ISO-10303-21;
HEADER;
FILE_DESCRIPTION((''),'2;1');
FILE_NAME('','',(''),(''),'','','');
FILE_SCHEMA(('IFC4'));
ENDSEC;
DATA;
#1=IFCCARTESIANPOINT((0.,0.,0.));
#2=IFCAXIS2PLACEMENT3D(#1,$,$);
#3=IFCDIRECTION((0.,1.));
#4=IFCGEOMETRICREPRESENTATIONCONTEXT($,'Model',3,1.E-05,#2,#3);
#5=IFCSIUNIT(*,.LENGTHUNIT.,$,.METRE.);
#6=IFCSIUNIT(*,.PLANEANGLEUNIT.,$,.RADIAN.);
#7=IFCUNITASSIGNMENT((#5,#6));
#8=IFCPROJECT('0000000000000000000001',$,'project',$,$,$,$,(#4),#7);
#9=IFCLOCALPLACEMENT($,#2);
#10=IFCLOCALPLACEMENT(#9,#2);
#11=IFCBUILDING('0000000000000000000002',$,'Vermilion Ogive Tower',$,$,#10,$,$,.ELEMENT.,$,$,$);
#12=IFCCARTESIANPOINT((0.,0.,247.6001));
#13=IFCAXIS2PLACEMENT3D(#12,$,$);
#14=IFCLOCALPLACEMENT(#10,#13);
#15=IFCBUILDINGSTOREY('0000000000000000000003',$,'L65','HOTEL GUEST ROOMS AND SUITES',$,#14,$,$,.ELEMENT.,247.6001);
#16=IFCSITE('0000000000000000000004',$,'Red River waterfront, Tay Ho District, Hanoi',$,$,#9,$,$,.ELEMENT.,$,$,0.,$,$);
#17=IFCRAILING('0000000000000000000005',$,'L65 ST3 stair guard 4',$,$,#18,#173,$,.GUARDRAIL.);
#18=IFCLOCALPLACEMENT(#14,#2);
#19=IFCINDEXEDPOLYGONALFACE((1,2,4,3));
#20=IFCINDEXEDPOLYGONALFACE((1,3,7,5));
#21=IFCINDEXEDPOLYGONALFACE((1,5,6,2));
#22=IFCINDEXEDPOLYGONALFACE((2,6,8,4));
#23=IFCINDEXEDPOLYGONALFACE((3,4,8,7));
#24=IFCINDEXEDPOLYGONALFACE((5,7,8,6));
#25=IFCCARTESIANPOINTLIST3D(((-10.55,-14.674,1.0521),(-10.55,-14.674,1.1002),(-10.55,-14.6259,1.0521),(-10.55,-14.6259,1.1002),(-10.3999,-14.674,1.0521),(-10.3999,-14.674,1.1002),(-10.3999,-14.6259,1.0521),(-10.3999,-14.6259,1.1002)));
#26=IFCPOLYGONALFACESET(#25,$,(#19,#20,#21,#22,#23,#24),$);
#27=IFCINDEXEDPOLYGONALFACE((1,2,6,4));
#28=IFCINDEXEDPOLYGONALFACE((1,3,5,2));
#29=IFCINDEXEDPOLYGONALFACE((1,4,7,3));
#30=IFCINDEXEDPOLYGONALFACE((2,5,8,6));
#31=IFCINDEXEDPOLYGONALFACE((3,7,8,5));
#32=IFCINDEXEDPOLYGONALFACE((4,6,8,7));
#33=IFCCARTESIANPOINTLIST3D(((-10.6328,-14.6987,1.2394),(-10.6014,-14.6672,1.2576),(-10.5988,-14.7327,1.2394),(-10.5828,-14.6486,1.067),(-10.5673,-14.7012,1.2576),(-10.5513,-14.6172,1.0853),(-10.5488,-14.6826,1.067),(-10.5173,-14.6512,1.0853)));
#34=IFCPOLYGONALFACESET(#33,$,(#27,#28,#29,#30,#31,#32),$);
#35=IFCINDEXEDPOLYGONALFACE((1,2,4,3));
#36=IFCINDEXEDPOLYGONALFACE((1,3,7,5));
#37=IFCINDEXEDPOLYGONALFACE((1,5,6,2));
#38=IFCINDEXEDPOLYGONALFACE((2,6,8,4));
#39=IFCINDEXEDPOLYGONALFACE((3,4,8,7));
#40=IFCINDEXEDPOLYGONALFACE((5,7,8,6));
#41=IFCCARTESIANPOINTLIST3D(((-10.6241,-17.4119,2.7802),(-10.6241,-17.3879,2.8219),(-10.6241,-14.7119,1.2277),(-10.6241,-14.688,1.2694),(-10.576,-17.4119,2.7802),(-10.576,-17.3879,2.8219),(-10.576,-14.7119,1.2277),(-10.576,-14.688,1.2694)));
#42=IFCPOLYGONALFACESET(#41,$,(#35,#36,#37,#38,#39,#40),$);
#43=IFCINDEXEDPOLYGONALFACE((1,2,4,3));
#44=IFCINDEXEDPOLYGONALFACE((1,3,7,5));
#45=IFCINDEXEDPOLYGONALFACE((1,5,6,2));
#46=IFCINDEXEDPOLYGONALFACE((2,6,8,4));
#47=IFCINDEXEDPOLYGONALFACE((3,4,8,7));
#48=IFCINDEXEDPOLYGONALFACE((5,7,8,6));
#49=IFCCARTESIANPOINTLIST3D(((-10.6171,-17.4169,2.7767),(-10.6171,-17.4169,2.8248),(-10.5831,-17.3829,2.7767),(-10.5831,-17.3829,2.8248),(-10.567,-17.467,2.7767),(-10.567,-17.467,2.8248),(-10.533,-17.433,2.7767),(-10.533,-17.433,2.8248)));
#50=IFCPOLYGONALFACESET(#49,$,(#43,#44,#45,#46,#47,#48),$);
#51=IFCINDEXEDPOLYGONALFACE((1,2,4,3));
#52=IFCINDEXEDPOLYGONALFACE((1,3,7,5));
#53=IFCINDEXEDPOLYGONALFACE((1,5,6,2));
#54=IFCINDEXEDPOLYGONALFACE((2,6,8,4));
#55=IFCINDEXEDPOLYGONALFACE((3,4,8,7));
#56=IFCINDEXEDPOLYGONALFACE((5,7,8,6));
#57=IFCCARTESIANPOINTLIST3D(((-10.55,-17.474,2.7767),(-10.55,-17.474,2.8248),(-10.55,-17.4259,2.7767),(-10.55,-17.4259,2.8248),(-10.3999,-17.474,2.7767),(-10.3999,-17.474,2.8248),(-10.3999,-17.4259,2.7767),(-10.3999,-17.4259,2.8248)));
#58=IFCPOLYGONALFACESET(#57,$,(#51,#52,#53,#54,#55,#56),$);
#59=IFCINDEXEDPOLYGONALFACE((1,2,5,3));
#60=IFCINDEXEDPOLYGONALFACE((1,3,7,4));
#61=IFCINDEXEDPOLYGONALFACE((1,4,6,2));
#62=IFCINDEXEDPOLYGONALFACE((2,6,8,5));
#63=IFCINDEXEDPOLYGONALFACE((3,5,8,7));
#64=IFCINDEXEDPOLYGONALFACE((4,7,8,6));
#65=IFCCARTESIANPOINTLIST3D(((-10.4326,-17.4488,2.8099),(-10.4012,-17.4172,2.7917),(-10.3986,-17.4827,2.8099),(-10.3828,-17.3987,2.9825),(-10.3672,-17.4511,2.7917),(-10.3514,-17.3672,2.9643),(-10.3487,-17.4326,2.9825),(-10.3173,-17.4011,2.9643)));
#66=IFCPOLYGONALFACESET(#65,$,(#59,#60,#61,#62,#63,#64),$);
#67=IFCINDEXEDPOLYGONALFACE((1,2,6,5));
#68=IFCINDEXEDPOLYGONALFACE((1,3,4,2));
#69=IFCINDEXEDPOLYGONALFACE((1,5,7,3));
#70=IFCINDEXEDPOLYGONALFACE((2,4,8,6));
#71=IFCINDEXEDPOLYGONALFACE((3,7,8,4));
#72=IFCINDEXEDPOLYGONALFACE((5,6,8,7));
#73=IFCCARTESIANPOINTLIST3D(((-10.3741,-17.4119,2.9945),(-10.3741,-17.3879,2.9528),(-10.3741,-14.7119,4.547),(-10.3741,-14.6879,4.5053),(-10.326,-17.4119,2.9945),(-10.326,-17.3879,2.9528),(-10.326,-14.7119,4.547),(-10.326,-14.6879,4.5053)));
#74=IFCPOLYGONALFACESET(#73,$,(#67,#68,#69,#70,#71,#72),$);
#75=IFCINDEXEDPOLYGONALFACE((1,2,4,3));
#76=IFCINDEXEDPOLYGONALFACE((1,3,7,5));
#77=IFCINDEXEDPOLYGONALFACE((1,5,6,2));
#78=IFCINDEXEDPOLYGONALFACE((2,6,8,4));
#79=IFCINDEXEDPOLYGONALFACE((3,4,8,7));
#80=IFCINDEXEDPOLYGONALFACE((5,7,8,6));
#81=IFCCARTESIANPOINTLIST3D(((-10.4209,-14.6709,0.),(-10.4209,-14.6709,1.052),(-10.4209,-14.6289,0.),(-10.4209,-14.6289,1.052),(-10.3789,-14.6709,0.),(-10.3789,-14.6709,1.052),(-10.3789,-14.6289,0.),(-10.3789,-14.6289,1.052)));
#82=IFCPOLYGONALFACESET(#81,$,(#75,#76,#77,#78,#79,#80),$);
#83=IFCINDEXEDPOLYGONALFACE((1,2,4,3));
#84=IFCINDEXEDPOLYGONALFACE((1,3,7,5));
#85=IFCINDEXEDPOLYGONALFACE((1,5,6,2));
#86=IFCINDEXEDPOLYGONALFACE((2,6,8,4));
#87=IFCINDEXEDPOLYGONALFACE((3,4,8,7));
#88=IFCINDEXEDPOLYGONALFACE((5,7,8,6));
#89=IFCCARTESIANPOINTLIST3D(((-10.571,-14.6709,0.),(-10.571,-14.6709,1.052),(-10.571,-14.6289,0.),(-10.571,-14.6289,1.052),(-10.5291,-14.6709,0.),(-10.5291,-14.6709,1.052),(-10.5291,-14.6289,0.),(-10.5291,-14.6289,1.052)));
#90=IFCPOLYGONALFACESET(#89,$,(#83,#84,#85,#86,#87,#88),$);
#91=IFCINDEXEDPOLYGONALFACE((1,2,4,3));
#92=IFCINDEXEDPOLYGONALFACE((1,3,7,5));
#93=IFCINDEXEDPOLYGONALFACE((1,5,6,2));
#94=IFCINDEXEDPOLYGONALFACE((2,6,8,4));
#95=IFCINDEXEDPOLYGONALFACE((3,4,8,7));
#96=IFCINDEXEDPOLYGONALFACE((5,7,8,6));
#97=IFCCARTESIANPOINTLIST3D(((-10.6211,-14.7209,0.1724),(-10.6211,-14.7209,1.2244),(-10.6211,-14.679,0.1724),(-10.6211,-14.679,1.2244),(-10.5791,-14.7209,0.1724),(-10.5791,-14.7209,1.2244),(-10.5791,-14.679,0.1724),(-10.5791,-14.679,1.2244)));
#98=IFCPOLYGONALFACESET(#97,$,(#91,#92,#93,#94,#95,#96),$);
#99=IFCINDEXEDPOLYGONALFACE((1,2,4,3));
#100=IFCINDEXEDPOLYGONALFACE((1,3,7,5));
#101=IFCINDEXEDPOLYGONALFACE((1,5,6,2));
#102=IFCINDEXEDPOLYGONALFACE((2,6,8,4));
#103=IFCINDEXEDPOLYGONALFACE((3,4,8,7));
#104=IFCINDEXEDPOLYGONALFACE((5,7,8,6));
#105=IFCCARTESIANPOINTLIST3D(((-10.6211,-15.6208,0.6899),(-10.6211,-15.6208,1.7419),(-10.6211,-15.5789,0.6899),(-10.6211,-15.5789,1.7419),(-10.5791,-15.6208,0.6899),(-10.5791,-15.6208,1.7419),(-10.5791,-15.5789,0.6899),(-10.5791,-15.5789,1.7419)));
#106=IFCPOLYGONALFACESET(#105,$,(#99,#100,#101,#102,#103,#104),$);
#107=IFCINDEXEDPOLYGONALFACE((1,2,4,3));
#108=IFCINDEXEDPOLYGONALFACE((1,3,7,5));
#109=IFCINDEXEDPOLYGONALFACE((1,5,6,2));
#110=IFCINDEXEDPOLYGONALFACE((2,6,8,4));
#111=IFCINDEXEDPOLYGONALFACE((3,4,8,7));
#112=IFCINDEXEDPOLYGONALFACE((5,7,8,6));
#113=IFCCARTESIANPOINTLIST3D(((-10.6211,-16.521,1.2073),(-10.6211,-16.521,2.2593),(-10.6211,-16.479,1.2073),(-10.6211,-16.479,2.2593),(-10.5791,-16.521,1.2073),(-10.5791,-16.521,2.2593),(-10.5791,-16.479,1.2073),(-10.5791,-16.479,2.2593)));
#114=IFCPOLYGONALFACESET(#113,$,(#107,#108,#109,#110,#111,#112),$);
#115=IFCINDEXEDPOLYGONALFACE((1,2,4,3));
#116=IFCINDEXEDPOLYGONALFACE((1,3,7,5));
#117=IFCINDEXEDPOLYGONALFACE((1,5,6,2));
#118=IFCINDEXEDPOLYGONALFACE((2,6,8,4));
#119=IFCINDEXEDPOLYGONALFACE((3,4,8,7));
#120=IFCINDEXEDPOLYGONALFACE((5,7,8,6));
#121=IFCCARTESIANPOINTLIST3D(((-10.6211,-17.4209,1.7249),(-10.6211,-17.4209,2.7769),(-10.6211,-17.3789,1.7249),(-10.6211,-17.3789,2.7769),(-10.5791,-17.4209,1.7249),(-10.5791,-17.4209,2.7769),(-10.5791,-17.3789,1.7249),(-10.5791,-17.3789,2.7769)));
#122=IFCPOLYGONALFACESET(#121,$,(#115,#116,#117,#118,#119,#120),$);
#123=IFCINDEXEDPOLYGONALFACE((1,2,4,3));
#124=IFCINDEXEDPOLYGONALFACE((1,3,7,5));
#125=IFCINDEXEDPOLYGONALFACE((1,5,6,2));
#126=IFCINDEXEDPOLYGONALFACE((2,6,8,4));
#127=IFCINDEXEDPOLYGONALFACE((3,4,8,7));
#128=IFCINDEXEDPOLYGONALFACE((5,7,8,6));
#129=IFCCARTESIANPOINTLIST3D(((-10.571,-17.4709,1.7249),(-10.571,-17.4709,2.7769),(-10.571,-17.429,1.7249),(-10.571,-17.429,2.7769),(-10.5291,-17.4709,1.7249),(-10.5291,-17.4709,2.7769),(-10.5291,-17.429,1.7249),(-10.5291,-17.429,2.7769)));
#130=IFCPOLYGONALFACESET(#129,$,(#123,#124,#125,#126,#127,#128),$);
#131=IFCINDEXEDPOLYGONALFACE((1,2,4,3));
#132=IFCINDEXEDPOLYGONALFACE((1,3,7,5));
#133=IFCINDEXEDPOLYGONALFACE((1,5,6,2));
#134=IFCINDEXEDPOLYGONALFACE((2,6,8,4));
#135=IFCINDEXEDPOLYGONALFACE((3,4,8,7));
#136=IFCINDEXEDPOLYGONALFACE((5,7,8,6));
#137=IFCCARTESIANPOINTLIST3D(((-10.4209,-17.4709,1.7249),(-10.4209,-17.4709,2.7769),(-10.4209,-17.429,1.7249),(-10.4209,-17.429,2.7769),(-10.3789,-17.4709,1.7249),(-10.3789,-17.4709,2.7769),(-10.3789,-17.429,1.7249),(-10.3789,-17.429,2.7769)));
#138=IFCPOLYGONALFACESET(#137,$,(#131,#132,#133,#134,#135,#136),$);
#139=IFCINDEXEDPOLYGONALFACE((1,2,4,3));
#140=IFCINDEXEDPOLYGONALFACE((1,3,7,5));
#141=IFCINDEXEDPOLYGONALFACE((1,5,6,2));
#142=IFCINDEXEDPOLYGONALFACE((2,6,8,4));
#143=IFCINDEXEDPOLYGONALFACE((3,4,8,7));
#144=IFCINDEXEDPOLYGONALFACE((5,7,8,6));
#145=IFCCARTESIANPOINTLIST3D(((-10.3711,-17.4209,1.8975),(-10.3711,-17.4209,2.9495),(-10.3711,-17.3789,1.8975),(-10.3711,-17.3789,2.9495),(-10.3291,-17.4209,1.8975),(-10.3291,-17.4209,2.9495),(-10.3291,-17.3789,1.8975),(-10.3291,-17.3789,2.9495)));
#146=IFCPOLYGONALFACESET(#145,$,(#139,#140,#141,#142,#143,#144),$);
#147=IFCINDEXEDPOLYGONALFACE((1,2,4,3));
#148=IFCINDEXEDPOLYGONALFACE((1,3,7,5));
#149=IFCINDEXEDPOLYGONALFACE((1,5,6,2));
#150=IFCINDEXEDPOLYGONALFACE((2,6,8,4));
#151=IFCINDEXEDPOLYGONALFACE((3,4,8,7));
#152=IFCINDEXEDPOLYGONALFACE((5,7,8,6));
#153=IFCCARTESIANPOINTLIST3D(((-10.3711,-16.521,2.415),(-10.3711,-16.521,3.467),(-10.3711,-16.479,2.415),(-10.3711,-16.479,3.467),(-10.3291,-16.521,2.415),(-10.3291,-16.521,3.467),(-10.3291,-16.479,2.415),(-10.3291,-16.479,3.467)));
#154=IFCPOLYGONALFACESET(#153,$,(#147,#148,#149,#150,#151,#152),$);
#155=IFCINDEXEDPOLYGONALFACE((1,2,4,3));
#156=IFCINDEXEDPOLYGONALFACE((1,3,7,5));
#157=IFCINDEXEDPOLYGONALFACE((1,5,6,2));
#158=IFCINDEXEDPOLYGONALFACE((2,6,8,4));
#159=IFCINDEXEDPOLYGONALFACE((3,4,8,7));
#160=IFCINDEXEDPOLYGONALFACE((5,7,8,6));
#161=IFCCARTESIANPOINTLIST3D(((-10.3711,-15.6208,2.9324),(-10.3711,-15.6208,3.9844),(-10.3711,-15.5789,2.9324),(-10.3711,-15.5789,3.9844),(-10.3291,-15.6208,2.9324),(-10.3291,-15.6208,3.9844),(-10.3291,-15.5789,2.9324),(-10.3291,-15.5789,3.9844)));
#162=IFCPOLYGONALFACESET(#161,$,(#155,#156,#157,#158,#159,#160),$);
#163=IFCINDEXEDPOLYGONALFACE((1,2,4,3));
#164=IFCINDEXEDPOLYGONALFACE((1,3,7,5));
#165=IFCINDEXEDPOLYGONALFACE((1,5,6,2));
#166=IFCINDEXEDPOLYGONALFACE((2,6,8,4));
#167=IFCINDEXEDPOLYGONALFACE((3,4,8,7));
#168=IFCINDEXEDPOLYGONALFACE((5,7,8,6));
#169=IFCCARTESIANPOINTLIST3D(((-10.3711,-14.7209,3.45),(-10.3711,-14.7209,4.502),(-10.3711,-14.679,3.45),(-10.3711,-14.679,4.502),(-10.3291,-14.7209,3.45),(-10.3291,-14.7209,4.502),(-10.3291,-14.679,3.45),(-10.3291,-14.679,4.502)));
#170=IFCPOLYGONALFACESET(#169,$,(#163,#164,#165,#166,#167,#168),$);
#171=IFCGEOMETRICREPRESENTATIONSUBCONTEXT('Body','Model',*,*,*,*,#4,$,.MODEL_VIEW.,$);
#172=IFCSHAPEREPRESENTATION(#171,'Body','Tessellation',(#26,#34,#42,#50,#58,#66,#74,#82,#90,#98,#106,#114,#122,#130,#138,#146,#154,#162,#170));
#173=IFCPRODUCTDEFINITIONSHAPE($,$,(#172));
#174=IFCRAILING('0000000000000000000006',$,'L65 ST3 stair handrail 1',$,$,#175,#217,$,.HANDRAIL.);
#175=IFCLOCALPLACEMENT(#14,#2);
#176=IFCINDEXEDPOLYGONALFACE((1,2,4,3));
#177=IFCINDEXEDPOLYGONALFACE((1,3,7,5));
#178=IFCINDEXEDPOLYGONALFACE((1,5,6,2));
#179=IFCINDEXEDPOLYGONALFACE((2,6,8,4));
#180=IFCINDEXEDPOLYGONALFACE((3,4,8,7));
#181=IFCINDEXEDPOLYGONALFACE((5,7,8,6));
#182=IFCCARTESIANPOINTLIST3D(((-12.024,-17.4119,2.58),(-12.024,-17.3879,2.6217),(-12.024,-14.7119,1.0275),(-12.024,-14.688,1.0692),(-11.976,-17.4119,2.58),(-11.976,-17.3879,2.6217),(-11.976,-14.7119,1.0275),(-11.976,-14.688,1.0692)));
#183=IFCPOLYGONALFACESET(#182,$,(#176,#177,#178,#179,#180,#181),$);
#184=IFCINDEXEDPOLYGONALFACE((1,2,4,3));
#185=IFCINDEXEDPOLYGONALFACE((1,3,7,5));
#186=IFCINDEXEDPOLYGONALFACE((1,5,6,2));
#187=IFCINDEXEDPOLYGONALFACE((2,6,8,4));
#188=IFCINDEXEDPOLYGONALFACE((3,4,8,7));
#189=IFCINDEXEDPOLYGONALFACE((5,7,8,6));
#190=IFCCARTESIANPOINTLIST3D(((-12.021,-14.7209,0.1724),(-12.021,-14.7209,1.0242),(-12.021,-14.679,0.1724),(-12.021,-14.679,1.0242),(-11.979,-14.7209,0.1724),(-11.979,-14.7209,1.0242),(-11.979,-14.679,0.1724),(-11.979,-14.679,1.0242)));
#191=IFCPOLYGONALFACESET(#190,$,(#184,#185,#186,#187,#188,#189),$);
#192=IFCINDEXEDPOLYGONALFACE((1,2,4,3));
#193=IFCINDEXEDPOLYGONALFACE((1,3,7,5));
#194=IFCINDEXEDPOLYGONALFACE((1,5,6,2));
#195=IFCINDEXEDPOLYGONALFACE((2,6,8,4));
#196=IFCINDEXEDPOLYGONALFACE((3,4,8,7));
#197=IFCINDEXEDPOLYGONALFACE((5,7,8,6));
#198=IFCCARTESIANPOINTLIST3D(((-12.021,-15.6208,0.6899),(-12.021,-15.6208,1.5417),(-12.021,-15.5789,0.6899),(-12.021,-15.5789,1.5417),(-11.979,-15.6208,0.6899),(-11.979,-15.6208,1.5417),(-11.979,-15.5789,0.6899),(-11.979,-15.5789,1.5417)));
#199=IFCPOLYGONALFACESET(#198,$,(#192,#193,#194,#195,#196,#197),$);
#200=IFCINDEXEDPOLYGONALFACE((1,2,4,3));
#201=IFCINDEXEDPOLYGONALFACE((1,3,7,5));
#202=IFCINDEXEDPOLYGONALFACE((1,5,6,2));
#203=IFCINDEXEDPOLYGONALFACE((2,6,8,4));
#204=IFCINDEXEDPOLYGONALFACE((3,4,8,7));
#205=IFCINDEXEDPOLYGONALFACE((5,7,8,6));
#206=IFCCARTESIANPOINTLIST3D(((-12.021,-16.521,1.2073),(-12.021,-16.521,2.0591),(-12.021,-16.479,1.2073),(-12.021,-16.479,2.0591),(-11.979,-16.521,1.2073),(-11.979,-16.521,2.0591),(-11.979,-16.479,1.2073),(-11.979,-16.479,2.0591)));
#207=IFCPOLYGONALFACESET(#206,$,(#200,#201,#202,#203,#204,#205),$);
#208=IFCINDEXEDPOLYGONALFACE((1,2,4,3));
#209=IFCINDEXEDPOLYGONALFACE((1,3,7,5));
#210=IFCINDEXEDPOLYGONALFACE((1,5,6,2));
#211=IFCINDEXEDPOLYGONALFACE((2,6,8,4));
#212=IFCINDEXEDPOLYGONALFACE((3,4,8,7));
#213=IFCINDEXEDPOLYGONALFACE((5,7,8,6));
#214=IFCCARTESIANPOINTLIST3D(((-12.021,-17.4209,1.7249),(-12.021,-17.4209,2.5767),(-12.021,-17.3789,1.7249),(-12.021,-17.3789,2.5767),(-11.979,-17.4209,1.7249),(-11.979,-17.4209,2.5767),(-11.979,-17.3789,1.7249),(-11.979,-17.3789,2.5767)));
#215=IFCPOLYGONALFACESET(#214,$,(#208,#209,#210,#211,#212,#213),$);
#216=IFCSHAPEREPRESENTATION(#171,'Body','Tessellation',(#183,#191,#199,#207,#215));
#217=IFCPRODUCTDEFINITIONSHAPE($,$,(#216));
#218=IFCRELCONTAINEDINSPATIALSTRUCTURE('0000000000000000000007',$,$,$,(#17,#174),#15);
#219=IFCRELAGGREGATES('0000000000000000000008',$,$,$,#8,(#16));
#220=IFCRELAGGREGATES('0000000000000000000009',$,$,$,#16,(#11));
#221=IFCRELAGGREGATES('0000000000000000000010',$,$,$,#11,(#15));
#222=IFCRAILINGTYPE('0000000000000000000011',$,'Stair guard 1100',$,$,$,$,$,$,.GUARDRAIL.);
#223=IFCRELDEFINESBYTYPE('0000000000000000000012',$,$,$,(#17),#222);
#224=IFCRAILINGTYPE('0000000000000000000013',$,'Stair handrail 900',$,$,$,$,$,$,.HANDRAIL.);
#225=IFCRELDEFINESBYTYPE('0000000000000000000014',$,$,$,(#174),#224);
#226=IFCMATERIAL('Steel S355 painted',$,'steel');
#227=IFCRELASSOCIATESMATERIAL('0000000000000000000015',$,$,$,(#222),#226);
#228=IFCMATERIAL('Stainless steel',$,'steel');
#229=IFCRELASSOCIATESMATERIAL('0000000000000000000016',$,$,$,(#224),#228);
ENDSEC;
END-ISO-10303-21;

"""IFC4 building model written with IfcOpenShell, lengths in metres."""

from ifc_helpers import new_model, si_unit, direction, frame, origin, origin_2d, place, context, subcontext, project, spatial, rectangle, extrude, material, type_object, element, save


model = new_model("IFC4")

# Units and contexts
model_context = context("Model", 3, precision=1e-05, world=origin(), true_north=direction((0.0, 1.0)))
body_context = subcontext(model_context, "Body", "Model", "MODEL_VIEW")
ifc_project = project(units=[si_unit("LENGTHUNIT", "METRE"), si_unit("PLANEANGLEUNIT", "RADIAN")], contexts=[model_context])

# Site, building, storey
site_placement = place(None, origin())
site = spatial("IfcSite", under=ifc_project, at=site_placement, Name="Red River waterfront, Tay Ho District, Hanoi", CompositionType="ELEMENT", RefElevation=0.0)
building_placement = place(site_placement, origin())
building = spatial("IfcBuilding", under=site, at=building_placement, Name="Vermilion Ogive Tower", CompositionType="ELEMENT")
storey_placement = place(building_placement, frame((0.0, 0.0, 247.6001)))
storey = spatial("IfcBuildingStorey", under=building, at=storey_placement, Name="L65", Description="HOTEL GUEST ROOMS AND SUITES", CompositionType="ELEMENT", Elevation=247.6001)

# Railings
ifc_material_1 = material(Name="Steel S355 painted", Category="steel")
railing_type_1 = type_object("IfcRailingType", Name="Stair guard 1100", PredefinedType="GUARDRAIL", material=ifc_material_1)
railing_1_placement = place(storey_placement, frame((-10.3999, -14.6499, 0.0)))
element("IfcRailing", 1, at=railing_1_placement, inside=storey, type_object=railing_type_1, Name="L65 ST3 stair guard 4", PredefinedType="GUARDRAIL", context=body_context, shape_type="SweptSolid", body=[
    extrude(rectangle(XDim=0.0481, YDim=0.0481, at=origin_2d()), frame((0.0, 0.0, 1.0762), z_axis=(-1.0, 0.0, 0.0), x_axis=(0.0, -1.0, 0.0)), (0.0, 0.0, 1.0), 0.1501),
    extrude(rectangle(XDim=0.0481, YDim=0.0481, at=origin_2d()), frame((-0.1501, 0.0, 1.0762), z_axis=(-0.268603, -0.268603, 0.925043), x_axis=(0.707107, -0.707107, 0.0)), (0.0, 0.0, 1.0), 0.1863),
    extrude(rectangle(XDim=0.0481, YDim=0.0481, at=origin_2d()), frame((-0.2002, -0.05, 1.2485), z_axis=(0.0, -0.866904, 0.498476), x_axis=(1.0, 0.0, 0.0)), (0.0, 0.0, 1.0), 3.1145),
    extrude(rectangle(XDim=0.0481, YDim=0.0481, at=origin_2d()), frame((-0.2002, -2.75, 2.8008), z_axis=(0.707107, -0.707107, 0.0), x_axis=(0.707107, 0.707107, 0.0)), (0.0, 0.0, 1.0), 0.0708),
    extrude(rectangle(XDim=0.0481, YDim=0.0481, at=origin_2d()), frame((-0.1501, -2.8, 2.8008), z_axis=(1.0, 0.0, 0.0), x_axis=(0.0, 1.0, 0.0)), (0.0, 0.0, 1.0), 0.1501),
    extrude(rectangle(XDim=0.0481, YDim=0.0481, at=origin_2d()), frame((0.0, -2.8, 2.8008), z_axis=(0.267063, 0.268372, 0.925556), x_axis=(-0.708834, 0.705376, 0.0)), (0.0, 0.0, 1.0), 0.1865),
    extrude(rectangle(XDim=0.0481, YDim=0.0481, at=origin_2d()), frame((0.0498, -2.75, 2.9736), z_axis=(0.0, 0.866904, 0.498476), x_axis=(-1.0, 0.0, 0.0)), (0.0, 0.0, 1.0), 3.1145),
    extrude(rectangle(XDim=0.042, YDim=0.042, at=origin_2d()), origin(), (0.0, 0.0, 1.0), 1.052),
    extrude(rectangle(XDim=0.042, YDim=0.042, at=origin_2d()), frame((-0.1501, 0.0, 0.0)), (0.0, 0.0, 1.0), 1.052),
    extrude(rectangle(XDim=0.042, YDim=0.042, at=origin_2d()), frame((-0.2002, -0.05, 0.1724)), (0.0, 0.0, 1.0), 1.052),
    extrude(rectangle(XDim=0.042, YDim=0.042, at=origin_2d()), frame((-0.2002, -0.95, 0.6899)), (0.0, 0.0, 1.0), 1.052),
    extrude(rectangle(XDim=0.042, YDim=0.042, at=origin_2d()), frame((-0.2002, -1.8501, 1.2073)), (0.0, 0.0, 1.0), 1.052),
    extrude(rectangle(XDim=0.042, YDim=0.042, at=origin_2d()), frame((-0.2002, -2.75, 1.7249)), (0.0, 0.0, 1.0), 1.052),
    extrude(rectangle(XDim=0.042, YDim=0.042, at=origin_2d()), frame((-0.1501, -2.8, 1.7249)), (0.0, 0.0, 1.0), 1.052),
    extrude(rectangle(XDim=0.042, YDim=0.042, at=origin_2d()), frame((0.0, -2.8, 1.7249)), (0.0, 0.0, 1.0), 1.052),
    extrude(rectangle(XDim=0.042, YDim=0.042, at=origin_2d()), frame((0.0498, -2.75, 1.8975)), (0.0, 0.0, 1.0), 1.052),
    extrude(rectangle(XDim=0.042, YDim=0.042, at=origin_2d()), frame((0.0498, -1.8501, 2.415)), (0.0, 0.0, 1.0), 1.052),
    extrude(rectangle(XDim=0.042, YDim=0.042, at=origin_2d()), frame((0.0498, -0.95, 2.9324)), (0.0, 0.0, 1.0), 1.052),
    extrude(rectangle(XDim=0.042, YDim=0.042, at=origin_2d()), frame((0.0498, -0.05, 3.45)), (0.0, 0.0, 1.0), 1.052),
])
ifc_material_2 = material(Name="Stainless steel", Category="steel")
railing_type_2 = type_object("IfcRailingType", Name="Stair handrail 900", PredefinedType="HANDRAIL", material=ifc_material_2)
railing_2_placement = place(storey_placement, frame((-12.0, -14.7, 0.1724)))
element("IfcRailing", 2, at=railing_2_placement, inside=storey, type_object=railing_type_2, Name="L65 ST3 stair handrail 1", PredefinedType="HANDRAIL", context=body_context, shape_type="SweptSolid", body=[
    extrude(rectangle(XDim=0.0481, YDim=0.0481, at=origin_2d()), frame((0.0, 0.0, 0.876), z_axis=(0.0, -0.866904, 0.498476), x_axis=(1.0, 0.0, 0.0)), (0.0, 0.0, 1.0), 3.1145),
    extrude(rectangle(XDim=0.042, YDim=0.042, at=origin_2d()), origin(), (0.0, 0.0, 1.0), 0.8518),
    extrude(rectangle(XDim=0.042, YDim=0.042, at=origin_2d()), frame((0.0, -0.8999, 0.5176)), (0.0, 0.0, 1.0), 0.8518),
    extrude(rectangle(XDim=0.042, YDim=0.042, at=origin_2d()), frame((0.0, -1.8, 1.0349)), (0.0, 0.0, 1.0), 0.8518),
    extrude(rectangle(XDim=0.042, YDim=0.042, at=origin_2d()), frame((0.0, -2.7, 1.5525)), (0.0, 0.0, 1.0), 0.8518),
])

save(model, "model.ifc")
